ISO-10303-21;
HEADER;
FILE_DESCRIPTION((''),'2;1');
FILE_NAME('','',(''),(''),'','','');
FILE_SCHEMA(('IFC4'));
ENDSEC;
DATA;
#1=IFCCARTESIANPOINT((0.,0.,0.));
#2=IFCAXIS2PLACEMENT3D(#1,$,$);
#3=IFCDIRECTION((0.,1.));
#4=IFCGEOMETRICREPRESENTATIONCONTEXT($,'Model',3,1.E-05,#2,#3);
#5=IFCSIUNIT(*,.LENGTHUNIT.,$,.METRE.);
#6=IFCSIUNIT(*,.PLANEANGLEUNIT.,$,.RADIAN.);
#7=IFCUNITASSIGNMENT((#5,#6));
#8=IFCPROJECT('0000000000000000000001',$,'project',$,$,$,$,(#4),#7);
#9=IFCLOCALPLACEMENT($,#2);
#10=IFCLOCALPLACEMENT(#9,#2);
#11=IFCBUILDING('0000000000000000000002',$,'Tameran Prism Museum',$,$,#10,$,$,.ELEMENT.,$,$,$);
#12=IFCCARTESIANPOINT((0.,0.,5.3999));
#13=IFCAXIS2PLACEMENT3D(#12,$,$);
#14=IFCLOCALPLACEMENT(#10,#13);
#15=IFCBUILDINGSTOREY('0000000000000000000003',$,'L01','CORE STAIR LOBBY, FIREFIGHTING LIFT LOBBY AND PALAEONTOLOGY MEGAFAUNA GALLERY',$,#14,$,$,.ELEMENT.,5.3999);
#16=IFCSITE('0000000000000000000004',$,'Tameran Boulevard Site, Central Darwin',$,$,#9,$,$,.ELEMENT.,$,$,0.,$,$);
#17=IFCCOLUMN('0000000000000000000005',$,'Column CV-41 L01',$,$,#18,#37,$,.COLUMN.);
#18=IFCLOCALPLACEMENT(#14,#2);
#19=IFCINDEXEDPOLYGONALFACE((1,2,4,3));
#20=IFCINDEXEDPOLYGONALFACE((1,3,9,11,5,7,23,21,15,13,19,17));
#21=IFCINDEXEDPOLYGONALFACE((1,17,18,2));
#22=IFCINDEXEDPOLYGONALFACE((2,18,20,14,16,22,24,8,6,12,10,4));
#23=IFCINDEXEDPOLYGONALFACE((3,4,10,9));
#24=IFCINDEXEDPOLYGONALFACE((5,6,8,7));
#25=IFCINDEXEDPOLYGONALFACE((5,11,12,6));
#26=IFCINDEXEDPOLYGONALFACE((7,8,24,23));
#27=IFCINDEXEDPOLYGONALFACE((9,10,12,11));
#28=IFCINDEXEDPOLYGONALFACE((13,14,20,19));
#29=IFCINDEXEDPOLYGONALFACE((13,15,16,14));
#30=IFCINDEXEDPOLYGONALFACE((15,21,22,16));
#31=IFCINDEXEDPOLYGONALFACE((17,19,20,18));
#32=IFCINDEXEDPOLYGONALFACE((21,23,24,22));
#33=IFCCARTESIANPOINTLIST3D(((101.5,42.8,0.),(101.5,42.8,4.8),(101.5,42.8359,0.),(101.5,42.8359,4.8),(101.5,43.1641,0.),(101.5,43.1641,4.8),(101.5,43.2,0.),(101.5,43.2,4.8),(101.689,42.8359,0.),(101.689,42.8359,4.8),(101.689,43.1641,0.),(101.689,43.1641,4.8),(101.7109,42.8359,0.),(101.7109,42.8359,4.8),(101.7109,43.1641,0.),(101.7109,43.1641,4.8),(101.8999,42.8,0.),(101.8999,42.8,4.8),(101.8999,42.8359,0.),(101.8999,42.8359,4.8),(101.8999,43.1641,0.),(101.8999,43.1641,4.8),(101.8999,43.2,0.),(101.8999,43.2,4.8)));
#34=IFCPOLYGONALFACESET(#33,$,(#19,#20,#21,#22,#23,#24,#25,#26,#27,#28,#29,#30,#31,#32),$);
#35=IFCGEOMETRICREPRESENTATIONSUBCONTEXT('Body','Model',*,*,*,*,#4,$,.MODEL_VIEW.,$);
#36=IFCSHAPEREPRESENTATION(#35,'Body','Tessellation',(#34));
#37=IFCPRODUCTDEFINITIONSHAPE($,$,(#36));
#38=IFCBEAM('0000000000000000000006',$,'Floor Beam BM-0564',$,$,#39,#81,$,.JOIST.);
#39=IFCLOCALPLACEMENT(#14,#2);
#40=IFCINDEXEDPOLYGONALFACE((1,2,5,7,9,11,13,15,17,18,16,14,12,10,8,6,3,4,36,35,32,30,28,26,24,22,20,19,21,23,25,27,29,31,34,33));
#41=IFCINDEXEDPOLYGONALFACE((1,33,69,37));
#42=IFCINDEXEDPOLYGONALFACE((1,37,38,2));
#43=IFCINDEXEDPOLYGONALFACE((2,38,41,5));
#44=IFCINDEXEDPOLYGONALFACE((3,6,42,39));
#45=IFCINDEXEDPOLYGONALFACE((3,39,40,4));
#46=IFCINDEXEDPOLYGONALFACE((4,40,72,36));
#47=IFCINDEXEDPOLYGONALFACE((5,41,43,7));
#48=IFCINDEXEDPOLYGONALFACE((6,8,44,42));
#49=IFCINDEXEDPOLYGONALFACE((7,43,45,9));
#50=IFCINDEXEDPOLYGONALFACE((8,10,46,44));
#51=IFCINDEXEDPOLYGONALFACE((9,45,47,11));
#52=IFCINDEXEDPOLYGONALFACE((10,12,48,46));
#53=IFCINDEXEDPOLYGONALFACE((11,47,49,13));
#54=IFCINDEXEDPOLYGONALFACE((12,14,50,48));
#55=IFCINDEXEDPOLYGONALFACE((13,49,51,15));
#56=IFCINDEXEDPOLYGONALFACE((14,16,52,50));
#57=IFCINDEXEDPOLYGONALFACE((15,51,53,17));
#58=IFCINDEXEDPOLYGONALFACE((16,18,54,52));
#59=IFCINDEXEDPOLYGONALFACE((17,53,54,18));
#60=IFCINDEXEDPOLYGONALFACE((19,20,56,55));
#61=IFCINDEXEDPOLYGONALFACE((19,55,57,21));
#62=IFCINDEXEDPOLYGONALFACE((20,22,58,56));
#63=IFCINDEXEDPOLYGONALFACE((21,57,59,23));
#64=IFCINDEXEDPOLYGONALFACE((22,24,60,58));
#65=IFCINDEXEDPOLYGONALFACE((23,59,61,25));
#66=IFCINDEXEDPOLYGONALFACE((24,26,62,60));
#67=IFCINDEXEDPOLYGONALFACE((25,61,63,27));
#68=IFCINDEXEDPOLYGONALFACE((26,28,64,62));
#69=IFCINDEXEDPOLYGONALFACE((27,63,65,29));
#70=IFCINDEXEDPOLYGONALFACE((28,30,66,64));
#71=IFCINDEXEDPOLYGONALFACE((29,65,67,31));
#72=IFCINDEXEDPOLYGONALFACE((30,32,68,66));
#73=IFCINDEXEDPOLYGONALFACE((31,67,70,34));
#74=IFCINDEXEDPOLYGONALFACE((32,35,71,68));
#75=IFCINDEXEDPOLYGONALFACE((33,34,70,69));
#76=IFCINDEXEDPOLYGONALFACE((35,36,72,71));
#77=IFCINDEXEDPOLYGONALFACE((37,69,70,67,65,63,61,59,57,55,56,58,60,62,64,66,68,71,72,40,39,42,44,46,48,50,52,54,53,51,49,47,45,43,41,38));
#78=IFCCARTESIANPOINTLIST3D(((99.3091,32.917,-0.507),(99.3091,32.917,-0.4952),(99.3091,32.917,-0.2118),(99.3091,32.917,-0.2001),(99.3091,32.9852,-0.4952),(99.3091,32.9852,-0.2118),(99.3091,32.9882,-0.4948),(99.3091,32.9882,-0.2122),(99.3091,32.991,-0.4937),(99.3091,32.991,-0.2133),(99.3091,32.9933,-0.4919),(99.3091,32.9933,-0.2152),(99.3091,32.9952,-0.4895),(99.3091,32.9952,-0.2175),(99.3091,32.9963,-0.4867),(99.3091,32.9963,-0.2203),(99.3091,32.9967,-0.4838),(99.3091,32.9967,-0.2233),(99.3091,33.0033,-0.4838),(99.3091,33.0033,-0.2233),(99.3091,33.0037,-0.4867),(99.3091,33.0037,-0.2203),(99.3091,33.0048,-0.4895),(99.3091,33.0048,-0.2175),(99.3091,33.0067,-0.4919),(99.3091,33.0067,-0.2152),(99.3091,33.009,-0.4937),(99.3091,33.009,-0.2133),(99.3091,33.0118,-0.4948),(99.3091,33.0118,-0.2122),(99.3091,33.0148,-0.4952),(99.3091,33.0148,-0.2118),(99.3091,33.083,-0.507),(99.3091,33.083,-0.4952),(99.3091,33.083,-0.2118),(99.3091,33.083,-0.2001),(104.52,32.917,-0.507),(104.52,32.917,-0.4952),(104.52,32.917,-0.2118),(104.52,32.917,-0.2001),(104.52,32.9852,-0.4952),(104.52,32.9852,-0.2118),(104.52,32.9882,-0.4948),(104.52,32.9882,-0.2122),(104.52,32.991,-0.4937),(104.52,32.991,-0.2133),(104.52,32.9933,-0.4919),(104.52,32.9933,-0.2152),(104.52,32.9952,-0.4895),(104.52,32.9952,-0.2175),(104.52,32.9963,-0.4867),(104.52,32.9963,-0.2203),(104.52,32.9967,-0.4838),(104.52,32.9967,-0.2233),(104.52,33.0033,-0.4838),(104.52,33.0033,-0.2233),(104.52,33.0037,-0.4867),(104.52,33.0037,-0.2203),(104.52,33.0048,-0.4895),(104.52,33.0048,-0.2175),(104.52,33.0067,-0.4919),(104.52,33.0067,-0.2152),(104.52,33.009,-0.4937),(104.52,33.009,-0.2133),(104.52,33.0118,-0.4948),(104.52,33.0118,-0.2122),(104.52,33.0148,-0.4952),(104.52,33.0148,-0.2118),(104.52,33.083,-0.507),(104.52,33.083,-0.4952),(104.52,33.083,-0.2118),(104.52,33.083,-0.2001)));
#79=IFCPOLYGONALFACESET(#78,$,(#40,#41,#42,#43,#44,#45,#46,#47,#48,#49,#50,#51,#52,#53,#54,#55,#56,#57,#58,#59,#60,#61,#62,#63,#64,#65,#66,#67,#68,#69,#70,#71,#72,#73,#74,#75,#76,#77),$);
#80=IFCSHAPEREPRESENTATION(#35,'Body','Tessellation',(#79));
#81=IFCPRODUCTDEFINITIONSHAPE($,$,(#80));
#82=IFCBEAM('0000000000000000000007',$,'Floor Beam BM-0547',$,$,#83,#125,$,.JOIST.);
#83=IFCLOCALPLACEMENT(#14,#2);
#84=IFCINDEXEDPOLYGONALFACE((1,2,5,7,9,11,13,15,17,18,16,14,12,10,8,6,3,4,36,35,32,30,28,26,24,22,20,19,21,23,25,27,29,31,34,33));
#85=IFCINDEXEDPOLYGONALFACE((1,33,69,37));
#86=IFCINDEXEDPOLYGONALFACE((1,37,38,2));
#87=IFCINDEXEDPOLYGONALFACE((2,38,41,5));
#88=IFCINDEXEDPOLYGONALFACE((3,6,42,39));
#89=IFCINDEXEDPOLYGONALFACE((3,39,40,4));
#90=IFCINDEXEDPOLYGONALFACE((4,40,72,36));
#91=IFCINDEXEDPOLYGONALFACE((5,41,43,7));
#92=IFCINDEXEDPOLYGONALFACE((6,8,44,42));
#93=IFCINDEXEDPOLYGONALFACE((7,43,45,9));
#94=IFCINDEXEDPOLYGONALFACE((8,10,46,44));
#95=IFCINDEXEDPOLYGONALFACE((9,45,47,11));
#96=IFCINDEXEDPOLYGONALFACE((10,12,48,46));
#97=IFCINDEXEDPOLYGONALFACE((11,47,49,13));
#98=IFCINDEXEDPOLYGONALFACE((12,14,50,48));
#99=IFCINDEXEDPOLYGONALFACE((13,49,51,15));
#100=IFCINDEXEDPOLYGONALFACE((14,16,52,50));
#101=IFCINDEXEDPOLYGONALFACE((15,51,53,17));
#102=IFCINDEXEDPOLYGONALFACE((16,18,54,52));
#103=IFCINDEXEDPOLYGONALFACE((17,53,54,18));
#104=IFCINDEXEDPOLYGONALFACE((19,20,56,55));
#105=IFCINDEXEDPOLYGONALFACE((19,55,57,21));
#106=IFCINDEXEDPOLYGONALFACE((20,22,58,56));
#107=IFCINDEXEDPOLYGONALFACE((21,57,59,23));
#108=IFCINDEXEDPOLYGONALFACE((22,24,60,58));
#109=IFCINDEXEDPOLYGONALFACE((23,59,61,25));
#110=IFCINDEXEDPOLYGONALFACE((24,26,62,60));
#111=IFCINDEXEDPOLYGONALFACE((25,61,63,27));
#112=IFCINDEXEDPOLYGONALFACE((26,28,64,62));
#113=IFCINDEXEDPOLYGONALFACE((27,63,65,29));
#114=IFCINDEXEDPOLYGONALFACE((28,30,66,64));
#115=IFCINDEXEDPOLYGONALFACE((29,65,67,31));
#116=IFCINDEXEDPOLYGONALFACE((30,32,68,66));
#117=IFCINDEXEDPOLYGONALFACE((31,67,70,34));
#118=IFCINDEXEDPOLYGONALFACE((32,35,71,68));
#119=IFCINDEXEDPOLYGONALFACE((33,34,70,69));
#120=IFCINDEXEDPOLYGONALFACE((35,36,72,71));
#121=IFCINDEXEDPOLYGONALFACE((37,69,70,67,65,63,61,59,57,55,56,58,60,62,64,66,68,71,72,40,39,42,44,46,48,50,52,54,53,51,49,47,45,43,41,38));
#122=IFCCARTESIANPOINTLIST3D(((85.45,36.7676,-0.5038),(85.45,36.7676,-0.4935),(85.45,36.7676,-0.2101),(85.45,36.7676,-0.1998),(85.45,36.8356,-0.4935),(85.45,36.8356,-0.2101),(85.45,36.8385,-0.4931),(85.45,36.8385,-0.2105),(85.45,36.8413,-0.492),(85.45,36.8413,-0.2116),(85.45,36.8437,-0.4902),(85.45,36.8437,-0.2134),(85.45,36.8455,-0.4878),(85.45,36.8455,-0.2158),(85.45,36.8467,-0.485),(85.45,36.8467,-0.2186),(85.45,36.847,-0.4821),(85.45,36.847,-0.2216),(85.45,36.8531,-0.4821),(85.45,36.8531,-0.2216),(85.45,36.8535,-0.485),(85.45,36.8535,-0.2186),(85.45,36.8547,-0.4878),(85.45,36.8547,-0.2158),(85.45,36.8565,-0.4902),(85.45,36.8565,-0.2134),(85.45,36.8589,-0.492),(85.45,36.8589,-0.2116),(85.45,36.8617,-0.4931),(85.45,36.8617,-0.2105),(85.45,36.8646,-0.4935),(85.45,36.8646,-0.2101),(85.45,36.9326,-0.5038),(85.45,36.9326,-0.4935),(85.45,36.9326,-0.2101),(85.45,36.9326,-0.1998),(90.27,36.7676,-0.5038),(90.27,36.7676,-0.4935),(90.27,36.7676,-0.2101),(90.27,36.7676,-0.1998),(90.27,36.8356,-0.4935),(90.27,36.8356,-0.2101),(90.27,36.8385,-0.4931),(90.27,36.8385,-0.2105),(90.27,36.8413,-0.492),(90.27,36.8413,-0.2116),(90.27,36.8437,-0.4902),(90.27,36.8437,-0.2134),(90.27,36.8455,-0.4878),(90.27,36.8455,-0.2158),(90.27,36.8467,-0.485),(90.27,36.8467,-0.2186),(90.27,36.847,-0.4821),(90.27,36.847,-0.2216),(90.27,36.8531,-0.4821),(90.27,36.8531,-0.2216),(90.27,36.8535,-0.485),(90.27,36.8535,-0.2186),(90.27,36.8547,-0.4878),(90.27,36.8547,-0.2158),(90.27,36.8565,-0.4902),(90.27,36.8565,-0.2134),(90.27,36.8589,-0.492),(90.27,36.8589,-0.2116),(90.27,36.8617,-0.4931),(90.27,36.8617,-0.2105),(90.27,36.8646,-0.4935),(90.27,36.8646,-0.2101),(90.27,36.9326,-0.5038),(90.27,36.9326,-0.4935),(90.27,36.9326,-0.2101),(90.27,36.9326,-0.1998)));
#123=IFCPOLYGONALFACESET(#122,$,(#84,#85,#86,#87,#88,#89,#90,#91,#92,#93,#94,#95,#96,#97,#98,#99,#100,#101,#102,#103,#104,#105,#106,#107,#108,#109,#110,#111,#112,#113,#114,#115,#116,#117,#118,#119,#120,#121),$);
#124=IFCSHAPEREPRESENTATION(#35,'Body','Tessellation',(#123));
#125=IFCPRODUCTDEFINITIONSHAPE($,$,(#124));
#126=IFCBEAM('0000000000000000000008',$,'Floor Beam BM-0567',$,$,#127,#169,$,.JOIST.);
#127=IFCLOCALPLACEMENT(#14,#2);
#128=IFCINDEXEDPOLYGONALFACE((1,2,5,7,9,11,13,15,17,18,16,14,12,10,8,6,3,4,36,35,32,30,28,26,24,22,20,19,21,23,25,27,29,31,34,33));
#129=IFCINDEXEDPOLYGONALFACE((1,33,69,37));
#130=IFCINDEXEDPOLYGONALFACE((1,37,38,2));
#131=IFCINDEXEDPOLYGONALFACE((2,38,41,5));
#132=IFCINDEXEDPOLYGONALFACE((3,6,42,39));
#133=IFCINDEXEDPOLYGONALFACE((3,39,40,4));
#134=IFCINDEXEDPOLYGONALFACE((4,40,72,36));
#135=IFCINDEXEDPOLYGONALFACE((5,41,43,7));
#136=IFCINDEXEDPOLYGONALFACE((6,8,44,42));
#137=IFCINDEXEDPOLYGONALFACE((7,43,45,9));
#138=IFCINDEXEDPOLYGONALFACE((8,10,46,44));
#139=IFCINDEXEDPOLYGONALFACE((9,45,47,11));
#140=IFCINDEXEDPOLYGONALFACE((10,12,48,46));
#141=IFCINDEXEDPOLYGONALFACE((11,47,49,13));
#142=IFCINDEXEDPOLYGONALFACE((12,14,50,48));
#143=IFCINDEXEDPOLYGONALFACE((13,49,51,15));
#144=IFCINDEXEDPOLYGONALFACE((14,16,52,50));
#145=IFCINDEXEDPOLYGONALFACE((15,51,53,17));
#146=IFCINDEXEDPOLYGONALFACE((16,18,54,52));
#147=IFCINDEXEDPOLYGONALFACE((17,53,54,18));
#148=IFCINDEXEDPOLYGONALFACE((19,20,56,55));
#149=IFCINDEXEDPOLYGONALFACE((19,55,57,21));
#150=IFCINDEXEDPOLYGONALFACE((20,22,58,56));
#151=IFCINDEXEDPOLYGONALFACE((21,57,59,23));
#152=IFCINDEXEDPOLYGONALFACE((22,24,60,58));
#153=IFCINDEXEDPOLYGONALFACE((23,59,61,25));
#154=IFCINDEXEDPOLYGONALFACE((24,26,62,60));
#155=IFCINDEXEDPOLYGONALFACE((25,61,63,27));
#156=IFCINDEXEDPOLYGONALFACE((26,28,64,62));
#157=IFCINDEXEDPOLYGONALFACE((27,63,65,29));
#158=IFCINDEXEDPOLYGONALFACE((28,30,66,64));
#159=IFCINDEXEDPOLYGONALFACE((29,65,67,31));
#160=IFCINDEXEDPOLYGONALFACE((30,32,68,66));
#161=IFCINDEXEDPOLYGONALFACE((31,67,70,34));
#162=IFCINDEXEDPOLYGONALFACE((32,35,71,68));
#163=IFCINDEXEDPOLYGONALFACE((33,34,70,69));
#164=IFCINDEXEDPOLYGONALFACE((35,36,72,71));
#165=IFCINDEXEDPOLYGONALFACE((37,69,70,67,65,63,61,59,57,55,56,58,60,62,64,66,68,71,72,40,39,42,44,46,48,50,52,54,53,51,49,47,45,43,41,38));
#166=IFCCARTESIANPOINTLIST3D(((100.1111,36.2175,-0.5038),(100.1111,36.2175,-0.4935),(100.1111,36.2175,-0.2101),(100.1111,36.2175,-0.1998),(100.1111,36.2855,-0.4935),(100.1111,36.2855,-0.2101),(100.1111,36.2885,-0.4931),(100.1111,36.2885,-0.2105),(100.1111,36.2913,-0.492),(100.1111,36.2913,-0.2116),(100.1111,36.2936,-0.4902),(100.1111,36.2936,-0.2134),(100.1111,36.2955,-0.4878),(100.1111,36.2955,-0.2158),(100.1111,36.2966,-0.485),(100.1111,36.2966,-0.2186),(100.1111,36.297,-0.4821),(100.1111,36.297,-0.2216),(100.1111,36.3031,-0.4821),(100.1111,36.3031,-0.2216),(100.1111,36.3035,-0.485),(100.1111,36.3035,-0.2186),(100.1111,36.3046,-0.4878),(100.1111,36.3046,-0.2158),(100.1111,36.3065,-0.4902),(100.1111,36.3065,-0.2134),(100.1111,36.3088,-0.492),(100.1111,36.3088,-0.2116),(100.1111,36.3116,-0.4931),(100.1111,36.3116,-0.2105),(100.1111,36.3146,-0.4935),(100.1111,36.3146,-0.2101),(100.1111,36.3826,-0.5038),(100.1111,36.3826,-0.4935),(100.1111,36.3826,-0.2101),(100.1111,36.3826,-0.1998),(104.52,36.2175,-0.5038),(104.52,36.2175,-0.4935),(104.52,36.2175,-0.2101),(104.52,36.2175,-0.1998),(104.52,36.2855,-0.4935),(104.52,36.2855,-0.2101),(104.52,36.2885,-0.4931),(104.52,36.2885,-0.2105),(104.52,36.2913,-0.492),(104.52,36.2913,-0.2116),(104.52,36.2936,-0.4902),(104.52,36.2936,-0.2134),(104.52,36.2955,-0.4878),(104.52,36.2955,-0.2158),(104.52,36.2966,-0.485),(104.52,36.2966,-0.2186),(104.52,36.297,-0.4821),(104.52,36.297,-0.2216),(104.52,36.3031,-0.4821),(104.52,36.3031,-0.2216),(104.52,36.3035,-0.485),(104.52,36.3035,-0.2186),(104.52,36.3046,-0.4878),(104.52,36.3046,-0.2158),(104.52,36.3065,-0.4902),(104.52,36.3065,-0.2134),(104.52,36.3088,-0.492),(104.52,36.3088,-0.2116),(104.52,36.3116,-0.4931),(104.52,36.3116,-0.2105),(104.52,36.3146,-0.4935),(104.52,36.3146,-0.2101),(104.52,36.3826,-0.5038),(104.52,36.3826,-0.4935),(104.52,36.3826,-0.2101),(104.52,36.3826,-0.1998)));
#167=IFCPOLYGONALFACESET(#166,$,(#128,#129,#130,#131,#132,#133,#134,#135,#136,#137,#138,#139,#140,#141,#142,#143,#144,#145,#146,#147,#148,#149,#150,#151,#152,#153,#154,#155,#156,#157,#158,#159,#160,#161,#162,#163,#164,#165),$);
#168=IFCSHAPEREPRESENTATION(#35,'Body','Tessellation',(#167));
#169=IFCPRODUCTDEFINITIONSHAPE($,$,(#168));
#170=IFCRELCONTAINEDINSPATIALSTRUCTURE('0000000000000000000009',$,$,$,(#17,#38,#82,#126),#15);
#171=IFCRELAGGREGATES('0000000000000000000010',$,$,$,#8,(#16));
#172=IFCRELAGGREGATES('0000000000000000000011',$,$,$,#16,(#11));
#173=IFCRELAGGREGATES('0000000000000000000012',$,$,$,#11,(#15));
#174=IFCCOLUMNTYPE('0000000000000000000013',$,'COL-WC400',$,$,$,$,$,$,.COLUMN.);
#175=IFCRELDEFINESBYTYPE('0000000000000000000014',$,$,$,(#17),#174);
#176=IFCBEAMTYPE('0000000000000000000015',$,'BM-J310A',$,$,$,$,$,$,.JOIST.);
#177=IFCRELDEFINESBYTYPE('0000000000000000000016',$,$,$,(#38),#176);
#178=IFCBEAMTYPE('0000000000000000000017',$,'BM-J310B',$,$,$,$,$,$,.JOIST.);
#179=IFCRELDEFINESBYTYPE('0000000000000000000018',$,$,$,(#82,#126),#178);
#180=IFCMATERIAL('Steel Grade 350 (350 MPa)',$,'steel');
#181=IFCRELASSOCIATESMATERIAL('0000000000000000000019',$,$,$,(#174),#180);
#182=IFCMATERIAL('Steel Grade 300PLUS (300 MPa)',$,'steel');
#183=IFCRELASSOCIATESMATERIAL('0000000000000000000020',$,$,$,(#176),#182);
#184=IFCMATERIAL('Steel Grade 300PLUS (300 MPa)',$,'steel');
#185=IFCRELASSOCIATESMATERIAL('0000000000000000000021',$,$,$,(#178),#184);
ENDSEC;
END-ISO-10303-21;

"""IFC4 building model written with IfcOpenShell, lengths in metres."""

from ifc_helpers import new_model, si_unit, direction, frame, origin, origin_2d, place, context, subcontext, project, spatial, i_section, extrude, material, material_profile, profile_set, type_object, element, save


model = new_model("IFC4")

# Units and contexts
model_context = context("Model", 3, precision=1e-05, world=origin(), true_north=direction((0.0, 1.0)))
body_context = subcontext(model_context, "Body", "Model", "MODEL_VIEW")
ifc_project = project(units=[si_unit("LENGTHUNIT", "METRE"), si_unit("PLANEANGLEUNIT", "RADIAN")], contexts=[model_context])

# Site, building, storey
site_placement = place(None, origin())
site = spatial("IfcSite", under=ifc_project, at=site_placement, Name="Tameran Boulevard Site, Central Darwin", CompositionType="ELEMENT", RefElevation=0.0)
building_placement = place(site_placement, origin())
building = spatial("IfcBuilding", under=site, at=building_placement, Name="Tameran Prism Museum", CompositionType="ELEMENT")
storey_placement = place(building_placement, frame((0.0, 0.0, 5.3999)))
storey = spatial("IfcBuildingStorey", under=building, at=storey_placement, Name="L01", Description="CORE STAIR LOBBY, FIREFIGHTING LIFT LOBBY AND PALAEONTOLOGY MEGAFAUNA GALLERY", CompositionType="ELEMENT", Elevation=5.3999)

# Column
ifc_material_1 = material(Name="Steel Grade 350 (350 MPa)", Category="steel")
ifc_material_profile_1 = material_profile(ifc_material_1, i_section(OverallWidth=0.3999, OverallDepth=0.3999, WebThickness=0.022, FlangeThickness=0.0359, at=origin_2d()))
ifc_profile_set_1 = profile_set([ifc_material_profile_1])
column_type = type_object("IfcColumnType", Name="COL-WC400", PredefinedType="COLUMN", material=ifc_profile_set_1)
column_placement = place(storey_placement, frame((101.7, 43.0, 0.0), z_axis=(0.0, 0.0, 1.0), x_axis=(1.0, 0.0, 0.0)))
element("IfcColumn", 1, at=column_placement, inside=storey, type_object=column_type, Name="Column CV-41 L01", PredefinedType="COLUMN", context=body_context, shape_type="SweptSolid", body=[
    extrude(i_section(OverallWidth=0.3999, OverallDepth=0.3999, WebThickness=0.022, FlangeThickness=0.0359, at=origin_2d()), origin(), (0.0, 0.0, 1.0), 4.8),
])

# Beams
ifc_material_2 = material(Name="Steel Grade 300PLUS (300 MPa)", Category="steel")
ifc_material_profile_2 = material_profile(ifc_material_2, i_section(OverallWidth=0.166, OverallDepth=0.3069, WebThickness=0.0066, FlangeThickness=0.0117, FilletRadius=0.0115, at=origin_2d()))
ifc_profile_set_2 = profile_set([ifc_material_profile_2])
beam_type_1 = type_object("IfcBeamType", Name="BM-J310A", PredefinedType="JOIST", material=ifc_profile_set_2)
beam_1_placement = place(storey_placement, frame((99.3091, 33.0, -0.3535), z_axis=(1.0, 0.0, 0.0), x_axis=(0.0, 1.0, 0.0)))
element("IfcBeam", 2, at=beam_1_placement, inside=storey, type_object=beam_type_1, Name="Floor Beam BM-0564", PredefinedType="JOIST", context=body_context, shape_type="SweptSolid", body=[
    extrude(i_section(OverallWidth=0.166, OverallDepth=0.3069, WebThickness=0.0066, FlangeThickness=0.0117, FilletRadius=0.0115, at=origin_2d()), origin(), (0.0, 0.0, 1.0), 5.2109),
])
ifc_material_3 = material(Name="Steel Grade 300PLUS (300 MPa)", Category="steel")
ifc_material_profile_3 = material_profile(ifc_material_3, i_section(OverallWidth=0.165, OverallDepth=0.304, WebThickness=0.0061, FlangeThickness=0.0103, FilletRadius=0.0115, at=origin_2d()))
ifc_profile_set_3 = profile_set([ifc_material_profile_3])
beam_type_2 = type_object("IfcBeamType", Name="BM-J310B", PredefinedType="JOIST", material=ifc_profile_set_3)
beam_2_placement = place(storey_placement, frame((85.45, 36.8501, -0.3518), z_axis=(1.0, 0.0, 0.0), x_axis=(0.0, 1.0, 0.0)))
element("IfcBeam", 3, at=beam_2_placement, inside=storey, type_object=beam_type_2, Name="Floor Beam BM-0547", PredefinedType="JOIST", context=body_context, shape_type="SweptSolid", body=[
    extrude(i_section(OverallWidth=0.165, OverallDepth=0.304, WebThickness=0.0061, FlangeThickness=0.0103, FilletRadius=0.0115, at=origin_2d()), origin(), (0.0, 0.0, 1.0), 4.8201),
])
beam_3_placement = place(storey_placement, frame((100.1111, 36.3, -0.3518), z_axis=(1.0, 0.0, 0.0), x_axis=(0.0, 1.0, 0.0)))
element("IfcBeam", 4, at=beam_3_placement, inside=storey, type_object=beam_type_2, Name="Floor Beam BM-0567", PredefinedType="JOIST", context=body_context, shape_type="SweptSolid", body=[
    extrude(i_section(OverallWidth=0.165, OverallDepth=0.304, WebThickness=0.0061, FlangeThickness=0.0103, FilletRadius=0.0115, at=origin_2d()), origin(), (0.0, 0.0, 1.0), 4.4089),
])

save(model, "model.ifc")
